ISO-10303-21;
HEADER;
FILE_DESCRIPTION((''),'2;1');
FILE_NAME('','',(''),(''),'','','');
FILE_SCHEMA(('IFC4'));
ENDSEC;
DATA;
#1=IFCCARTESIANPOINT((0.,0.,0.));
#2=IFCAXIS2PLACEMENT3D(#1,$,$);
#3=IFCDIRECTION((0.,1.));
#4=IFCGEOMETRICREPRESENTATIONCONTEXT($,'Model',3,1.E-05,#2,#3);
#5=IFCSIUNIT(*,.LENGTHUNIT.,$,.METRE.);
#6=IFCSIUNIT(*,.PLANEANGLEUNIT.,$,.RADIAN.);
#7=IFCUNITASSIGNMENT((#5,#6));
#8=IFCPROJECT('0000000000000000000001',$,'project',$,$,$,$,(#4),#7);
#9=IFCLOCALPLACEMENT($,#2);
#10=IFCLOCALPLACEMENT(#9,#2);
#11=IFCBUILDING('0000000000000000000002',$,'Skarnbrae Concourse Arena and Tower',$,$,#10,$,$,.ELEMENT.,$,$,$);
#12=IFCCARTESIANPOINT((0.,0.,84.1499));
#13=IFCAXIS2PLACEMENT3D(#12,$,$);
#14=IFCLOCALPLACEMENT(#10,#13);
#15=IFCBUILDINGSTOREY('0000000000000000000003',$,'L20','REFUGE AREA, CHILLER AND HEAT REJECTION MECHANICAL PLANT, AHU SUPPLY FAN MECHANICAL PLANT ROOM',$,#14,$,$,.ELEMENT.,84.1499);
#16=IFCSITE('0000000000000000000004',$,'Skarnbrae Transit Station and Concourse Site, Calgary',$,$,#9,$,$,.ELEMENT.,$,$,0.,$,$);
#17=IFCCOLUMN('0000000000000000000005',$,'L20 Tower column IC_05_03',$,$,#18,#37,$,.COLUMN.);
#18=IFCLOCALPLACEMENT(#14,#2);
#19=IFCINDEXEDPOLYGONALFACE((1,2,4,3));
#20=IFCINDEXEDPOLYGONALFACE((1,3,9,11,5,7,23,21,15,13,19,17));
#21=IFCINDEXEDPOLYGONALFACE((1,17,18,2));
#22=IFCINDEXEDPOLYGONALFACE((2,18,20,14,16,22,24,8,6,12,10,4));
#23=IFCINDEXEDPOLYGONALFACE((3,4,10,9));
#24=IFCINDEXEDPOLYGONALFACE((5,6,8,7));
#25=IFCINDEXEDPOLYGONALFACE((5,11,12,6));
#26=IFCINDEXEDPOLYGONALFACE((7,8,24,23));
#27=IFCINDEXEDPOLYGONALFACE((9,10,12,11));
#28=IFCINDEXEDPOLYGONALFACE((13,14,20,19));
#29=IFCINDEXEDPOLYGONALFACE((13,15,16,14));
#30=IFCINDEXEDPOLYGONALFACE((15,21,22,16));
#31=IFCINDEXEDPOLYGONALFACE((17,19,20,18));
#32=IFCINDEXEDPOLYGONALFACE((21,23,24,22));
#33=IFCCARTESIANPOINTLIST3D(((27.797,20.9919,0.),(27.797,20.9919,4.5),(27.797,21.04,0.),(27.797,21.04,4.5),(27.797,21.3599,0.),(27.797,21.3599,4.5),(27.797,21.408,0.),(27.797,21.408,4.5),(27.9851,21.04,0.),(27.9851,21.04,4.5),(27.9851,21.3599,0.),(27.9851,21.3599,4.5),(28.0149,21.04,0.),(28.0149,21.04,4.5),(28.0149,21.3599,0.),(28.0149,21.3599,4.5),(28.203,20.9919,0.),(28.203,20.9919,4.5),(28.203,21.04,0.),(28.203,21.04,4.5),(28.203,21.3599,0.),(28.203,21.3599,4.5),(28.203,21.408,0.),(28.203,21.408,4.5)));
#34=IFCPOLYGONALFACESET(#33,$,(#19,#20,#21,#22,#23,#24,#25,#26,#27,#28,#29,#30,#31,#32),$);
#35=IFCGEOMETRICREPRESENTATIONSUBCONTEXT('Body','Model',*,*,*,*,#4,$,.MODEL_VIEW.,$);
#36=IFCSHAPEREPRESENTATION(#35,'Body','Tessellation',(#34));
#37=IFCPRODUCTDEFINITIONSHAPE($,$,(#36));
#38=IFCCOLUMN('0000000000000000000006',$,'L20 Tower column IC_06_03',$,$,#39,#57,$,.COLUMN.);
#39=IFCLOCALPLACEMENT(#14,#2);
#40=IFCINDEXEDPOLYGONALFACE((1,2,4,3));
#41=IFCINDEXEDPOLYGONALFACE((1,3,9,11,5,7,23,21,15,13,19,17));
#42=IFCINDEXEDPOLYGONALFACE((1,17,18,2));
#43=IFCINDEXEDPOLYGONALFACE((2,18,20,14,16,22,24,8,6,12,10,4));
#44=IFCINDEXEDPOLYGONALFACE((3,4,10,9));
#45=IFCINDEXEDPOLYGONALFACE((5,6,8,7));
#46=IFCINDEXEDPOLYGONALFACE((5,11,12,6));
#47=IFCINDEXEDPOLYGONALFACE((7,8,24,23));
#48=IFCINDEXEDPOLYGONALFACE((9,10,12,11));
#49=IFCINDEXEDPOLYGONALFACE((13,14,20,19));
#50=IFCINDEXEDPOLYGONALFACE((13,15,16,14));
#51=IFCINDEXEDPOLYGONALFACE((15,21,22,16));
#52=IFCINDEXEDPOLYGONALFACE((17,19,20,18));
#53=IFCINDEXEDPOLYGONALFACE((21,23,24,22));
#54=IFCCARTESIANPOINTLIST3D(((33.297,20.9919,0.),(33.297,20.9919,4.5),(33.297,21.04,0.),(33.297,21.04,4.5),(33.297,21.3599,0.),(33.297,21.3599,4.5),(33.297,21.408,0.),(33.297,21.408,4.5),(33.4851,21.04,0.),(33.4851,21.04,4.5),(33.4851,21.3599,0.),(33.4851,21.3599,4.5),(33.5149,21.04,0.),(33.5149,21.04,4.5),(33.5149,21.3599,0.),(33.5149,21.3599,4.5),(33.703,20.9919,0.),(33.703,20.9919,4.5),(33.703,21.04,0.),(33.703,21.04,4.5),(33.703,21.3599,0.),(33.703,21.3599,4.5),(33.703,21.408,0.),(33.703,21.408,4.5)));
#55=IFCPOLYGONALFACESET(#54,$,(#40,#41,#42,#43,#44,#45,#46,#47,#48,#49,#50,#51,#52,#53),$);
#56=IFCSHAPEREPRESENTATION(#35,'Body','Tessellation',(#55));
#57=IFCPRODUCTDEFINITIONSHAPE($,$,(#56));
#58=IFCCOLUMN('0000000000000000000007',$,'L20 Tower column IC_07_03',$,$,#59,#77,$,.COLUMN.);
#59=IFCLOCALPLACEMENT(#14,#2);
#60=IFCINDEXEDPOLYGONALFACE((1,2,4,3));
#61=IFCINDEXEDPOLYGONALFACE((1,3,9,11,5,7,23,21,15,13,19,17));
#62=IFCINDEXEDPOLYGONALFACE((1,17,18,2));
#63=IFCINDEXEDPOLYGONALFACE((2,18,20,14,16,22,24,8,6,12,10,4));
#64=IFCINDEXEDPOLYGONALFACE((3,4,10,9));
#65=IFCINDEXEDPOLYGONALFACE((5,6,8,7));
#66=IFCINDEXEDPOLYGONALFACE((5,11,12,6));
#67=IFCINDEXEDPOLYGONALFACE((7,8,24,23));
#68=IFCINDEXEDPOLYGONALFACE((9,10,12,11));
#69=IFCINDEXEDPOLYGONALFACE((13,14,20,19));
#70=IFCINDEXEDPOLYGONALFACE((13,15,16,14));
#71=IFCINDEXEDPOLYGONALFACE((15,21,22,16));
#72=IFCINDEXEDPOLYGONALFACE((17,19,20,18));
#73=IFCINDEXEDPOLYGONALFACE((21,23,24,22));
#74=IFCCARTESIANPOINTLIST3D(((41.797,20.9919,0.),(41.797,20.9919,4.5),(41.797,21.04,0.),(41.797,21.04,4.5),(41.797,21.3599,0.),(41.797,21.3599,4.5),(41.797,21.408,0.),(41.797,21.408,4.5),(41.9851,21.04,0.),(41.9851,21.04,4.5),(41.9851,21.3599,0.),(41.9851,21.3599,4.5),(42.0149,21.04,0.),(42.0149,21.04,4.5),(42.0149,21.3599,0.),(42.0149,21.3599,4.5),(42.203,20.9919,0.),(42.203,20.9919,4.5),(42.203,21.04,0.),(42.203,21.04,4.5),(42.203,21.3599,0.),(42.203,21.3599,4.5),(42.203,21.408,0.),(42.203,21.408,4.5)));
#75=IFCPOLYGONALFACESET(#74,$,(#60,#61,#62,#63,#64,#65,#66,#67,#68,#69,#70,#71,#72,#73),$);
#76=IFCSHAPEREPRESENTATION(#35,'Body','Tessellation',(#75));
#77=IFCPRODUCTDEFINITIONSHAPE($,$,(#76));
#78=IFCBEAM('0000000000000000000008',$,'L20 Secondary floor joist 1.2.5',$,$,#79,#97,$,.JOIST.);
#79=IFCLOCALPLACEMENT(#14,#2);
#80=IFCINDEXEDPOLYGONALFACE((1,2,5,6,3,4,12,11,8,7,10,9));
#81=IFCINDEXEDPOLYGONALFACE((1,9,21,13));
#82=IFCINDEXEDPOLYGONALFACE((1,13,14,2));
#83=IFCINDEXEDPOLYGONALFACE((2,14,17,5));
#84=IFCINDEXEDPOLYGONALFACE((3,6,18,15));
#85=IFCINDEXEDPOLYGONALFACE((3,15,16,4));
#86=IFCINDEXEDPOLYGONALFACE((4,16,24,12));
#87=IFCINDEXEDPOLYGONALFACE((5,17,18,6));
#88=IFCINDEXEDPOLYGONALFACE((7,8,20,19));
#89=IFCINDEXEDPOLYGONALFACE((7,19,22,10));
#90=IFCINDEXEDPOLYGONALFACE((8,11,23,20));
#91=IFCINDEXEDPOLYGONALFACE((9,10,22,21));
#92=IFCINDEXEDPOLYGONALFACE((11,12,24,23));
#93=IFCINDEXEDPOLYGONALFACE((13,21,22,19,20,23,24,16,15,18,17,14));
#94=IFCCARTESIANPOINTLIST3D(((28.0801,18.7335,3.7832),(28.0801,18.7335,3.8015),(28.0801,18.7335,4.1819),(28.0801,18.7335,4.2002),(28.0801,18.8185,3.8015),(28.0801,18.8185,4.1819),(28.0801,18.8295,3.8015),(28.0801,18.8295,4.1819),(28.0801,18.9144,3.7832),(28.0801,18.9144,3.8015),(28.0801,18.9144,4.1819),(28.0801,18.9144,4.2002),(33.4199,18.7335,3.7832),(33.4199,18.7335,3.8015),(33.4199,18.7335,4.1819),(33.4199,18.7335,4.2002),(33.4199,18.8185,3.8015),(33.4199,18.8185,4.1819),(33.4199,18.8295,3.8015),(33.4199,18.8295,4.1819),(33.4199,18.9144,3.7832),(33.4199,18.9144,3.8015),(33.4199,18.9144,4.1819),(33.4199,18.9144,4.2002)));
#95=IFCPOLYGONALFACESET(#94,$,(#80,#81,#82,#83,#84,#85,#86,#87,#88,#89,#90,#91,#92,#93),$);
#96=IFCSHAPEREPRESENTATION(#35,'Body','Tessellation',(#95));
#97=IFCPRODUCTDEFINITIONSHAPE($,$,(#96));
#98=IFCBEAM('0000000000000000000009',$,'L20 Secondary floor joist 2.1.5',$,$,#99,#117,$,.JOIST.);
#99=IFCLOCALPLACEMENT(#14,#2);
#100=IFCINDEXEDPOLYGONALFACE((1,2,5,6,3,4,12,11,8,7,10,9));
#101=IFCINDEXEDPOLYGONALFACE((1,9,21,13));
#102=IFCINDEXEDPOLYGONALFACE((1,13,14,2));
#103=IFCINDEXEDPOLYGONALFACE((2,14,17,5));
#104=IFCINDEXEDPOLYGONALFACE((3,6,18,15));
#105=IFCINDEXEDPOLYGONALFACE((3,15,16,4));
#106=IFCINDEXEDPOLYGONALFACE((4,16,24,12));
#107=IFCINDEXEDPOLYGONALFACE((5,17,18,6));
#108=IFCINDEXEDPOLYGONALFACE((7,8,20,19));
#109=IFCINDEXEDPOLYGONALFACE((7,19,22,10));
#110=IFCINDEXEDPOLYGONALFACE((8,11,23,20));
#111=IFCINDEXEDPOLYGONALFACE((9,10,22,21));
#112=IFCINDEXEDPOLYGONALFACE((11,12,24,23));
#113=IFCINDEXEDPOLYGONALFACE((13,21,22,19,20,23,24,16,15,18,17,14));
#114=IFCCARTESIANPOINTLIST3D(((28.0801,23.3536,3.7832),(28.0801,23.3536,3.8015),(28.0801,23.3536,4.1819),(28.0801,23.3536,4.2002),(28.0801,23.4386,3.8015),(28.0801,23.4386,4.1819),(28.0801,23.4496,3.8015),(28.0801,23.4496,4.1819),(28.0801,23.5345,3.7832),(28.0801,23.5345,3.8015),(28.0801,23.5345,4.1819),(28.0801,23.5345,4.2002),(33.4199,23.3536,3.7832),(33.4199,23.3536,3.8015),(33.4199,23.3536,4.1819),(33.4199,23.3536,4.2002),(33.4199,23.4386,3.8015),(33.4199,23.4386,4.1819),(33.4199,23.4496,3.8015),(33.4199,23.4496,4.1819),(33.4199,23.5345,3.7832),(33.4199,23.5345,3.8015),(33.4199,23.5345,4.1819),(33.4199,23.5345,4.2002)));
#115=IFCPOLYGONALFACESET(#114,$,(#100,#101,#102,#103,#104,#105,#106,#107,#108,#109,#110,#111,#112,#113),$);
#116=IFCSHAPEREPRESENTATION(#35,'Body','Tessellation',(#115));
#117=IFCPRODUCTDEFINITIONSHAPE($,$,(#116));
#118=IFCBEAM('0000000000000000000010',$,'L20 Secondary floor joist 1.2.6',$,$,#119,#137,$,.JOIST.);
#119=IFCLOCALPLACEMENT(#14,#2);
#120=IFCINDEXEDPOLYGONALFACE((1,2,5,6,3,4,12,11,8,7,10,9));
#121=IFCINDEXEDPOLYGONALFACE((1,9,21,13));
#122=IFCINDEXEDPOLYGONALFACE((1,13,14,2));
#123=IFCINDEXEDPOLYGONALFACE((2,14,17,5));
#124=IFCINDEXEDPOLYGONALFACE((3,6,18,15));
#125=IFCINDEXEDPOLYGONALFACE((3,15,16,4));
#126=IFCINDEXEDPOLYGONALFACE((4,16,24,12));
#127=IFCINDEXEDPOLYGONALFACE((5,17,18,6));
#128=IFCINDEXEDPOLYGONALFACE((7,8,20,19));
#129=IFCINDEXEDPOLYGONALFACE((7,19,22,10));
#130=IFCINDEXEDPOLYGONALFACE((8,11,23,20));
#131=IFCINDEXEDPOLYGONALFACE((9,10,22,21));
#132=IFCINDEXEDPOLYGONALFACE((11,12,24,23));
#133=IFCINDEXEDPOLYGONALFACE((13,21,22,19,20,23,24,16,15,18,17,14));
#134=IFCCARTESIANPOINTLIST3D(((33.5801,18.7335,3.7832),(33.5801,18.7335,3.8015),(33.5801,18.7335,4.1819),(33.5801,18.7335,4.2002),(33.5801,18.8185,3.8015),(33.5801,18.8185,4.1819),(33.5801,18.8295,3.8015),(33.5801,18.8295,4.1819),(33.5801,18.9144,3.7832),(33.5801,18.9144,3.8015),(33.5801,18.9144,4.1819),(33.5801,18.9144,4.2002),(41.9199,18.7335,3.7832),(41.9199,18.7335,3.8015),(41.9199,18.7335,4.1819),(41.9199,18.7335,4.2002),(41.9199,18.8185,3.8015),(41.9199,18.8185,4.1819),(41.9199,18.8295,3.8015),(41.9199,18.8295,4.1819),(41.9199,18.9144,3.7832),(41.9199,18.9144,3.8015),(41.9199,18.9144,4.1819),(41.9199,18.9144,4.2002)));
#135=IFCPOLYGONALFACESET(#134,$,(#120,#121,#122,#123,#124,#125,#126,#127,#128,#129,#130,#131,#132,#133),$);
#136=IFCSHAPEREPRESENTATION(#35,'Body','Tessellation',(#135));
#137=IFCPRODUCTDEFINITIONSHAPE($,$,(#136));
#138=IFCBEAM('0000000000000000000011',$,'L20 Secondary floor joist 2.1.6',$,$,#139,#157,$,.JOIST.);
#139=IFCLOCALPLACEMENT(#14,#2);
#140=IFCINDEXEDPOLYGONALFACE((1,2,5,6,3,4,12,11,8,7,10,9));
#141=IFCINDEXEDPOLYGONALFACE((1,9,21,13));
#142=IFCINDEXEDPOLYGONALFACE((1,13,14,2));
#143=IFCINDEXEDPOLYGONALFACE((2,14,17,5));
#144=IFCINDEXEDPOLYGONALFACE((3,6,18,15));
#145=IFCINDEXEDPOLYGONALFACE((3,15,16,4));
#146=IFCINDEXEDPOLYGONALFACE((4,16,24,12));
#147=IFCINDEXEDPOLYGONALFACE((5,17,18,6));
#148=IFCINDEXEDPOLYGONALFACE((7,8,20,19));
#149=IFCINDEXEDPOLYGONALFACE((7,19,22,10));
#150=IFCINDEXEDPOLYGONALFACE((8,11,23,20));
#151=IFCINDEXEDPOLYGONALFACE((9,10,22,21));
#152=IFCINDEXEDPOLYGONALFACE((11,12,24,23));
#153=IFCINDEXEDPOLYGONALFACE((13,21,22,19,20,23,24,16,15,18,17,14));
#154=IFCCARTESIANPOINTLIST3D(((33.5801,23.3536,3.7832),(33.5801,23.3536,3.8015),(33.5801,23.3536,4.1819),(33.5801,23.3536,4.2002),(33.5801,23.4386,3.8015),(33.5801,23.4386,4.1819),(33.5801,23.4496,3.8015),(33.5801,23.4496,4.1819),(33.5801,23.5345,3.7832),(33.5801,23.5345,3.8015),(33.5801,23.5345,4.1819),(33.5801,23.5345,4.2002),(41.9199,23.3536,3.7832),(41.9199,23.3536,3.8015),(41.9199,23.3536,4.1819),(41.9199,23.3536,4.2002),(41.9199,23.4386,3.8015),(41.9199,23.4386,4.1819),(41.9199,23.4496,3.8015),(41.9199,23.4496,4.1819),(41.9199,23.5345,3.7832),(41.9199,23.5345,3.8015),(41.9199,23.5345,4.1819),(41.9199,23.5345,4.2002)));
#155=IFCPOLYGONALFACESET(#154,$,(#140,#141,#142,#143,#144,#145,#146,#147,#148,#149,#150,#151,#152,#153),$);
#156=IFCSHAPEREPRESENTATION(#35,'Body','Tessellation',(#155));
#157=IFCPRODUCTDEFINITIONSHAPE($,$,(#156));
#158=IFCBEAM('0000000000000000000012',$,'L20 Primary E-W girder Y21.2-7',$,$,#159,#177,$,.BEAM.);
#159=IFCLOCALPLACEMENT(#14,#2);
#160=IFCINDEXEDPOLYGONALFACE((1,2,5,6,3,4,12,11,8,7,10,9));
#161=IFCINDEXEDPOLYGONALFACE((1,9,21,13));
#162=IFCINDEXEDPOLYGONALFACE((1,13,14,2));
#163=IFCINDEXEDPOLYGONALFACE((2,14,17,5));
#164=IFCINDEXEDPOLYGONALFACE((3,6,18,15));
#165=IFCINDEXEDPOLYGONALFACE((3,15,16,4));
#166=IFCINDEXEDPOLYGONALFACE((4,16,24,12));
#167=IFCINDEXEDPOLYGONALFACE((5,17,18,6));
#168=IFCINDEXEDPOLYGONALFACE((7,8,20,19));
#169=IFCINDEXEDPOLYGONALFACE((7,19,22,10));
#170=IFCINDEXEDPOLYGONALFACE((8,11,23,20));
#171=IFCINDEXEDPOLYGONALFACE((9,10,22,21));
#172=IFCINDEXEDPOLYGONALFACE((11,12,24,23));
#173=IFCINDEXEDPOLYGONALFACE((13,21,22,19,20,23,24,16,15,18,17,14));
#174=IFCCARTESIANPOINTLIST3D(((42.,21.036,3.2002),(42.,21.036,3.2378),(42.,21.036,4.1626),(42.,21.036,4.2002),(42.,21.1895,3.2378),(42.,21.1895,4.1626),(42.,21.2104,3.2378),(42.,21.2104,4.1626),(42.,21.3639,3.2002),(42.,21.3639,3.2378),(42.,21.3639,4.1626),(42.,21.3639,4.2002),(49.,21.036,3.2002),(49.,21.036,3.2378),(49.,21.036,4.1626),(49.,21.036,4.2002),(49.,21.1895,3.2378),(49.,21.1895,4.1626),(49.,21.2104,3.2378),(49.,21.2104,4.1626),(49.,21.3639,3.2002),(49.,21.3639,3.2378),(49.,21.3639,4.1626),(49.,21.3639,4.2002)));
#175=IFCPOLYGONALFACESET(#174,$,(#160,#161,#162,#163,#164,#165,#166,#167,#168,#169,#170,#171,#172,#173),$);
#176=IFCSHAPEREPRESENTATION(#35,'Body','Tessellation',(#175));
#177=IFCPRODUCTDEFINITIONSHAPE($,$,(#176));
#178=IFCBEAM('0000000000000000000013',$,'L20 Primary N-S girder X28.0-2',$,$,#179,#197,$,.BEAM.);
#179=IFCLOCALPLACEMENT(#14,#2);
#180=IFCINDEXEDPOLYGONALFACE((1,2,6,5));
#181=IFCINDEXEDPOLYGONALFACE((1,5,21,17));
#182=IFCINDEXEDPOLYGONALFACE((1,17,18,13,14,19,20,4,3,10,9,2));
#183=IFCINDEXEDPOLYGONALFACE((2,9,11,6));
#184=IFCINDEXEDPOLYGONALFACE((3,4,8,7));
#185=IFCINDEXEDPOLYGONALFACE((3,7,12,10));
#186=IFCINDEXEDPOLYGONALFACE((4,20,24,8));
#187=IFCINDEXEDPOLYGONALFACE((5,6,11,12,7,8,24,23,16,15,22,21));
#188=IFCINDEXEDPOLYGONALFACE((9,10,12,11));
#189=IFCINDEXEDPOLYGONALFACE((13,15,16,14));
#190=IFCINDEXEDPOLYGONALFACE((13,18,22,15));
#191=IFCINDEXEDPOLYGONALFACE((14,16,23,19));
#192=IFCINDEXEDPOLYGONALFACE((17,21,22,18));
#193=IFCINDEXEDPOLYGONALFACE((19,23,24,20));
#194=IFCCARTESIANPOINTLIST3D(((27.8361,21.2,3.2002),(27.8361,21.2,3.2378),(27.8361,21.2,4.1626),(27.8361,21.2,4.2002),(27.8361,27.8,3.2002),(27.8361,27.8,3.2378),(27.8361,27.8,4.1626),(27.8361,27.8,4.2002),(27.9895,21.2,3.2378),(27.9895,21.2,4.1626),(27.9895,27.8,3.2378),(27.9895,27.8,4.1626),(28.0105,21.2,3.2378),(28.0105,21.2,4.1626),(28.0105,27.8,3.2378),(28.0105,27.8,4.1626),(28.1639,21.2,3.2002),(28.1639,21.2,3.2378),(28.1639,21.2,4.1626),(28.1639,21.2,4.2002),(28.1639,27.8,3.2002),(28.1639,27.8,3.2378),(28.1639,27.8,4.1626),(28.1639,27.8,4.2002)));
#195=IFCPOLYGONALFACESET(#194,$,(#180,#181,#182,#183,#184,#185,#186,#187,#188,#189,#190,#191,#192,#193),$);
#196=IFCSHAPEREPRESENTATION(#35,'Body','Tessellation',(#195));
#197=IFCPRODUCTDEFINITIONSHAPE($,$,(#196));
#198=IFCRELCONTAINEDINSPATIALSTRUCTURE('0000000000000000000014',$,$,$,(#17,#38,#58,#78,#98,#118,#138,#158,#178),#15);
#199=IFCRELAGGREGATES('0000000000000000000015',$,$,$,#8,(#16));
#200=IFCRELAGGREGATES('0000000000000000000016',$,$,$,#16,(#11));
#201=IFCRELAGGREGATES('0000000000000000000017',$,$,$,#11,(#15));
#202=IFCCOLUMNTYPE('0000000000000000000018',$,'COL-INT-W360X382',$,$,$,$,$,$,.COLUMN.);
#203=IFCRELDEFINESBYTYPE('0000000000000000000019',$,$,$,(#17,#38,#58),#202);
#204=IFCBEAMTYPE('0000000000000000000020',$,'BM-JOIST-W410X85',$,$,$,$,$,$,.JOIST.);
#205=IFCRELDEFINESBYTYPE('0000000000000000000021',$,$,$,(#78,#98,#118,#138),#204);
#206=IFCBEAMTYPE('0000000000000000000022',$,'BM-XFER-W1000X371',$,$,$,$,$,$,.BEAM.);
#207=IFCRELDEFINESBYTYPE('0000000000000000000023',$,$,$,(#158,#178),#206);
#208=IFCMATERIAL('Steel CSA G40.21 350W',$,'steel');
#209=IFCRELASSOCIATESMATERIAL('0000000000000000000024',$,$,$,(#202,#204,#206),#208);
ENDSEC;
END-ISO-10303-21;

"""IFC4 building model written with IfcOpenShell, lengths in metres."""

from ifc_helpers import new_model, si_unit, direction, frame, origin, origin_2d, place, context, subcontext, project, spatial, i_section, extrude, source, transform, mapped, material, material_profile, profile_set, type_object, element, save


model = new_model("IFC4")

# Units and contexts
model_context = context("Model", 3, precision=1e-05, world=origin(), true_north=direction((0.0, 1.0)))
body_context = subcontext(model_context, "Body", "Model", "MODEL_VIEW")
ifc_project = project(units=[si_unit("LENGTHUNIT", "METRE"), si_unit("PLANEANGLEUNIT", "RADIAN")], contexts=[model_context])

# Site, building, storey
site_placement = place(None, origin())
site = spatial("IfcSite", under=ifc_project, at=site_placement, Name="Skarnbrae Transit Station and Concourse Site, Calgary", CompositionType="ELEMENT", RefElevation=0.0)
building_placement = place(site_placement, origin())
building = spatial("IfcBuilding", under=site, at=building_placement, Name="Skarnbrae Concourse Arena and Tower", CompositionType="ELEMENT")
storey_placement = place(building_placement, frame((0.0, 0.0, 84.1499)))
storey = spatial("IfcBuildingStorey", under=building, at=storey_placement, Name="L20", Description="REFUGE AREA, CHILLER AND HEAT REJECTION MECHANICAL PLANT, AHU SUPPLY FAN MECHANICAL PLANT ROOM", CompositionType="ELEMENT", Elevation=84.1499)

# Columns
ifc_material_1 = material(Name="Steel CSA G40.21 350W", Category="steel")
ifc_material_profile_1 = material_profile(ifc_material_1, i_section(OverallWidth=0.406, OverallDepth=0.416, WebThickness=0.0298, FlangeThickness=0.0481, at=origin_2d()), Name="W360X382")
ifc_profile_set_1 = profile_set([ifc_material_profile_1], Name="Steel CSA G40.21 350W")
column_type = type_object("IfcColumnType", Name="COL-INT-W360X382", PredefinedType="COLUMN", material=ifc_profile_set_1)
shared_shape_1 = source(origin(), body_context, "Body", "SweptSolid", [
    extrude(i_section(OverallWidth=0.406, OverallDepth=0.416, WebThickness=0.0298, FlangeThickness=0.0481, at=origin_2d()), origin(), (0.0, 0.0, 1.0), 4.5),
])
for number, where, z_axis, x_axis, name in (
    (1, (28.0, 21.2, 0.0), (0.0, 0.0, 1.0), (1.0, 0.0, 0.0), "L20 Tower column IC_05_03"),
    (2, (33.5, 21.2, 0.0), (0.0, 0.0, 1.0), (1.0, 0.0, 0.0), "L20 Tower column IC_06_03"),
    (3, (42.0, 21.2, 0.0), (0.0, 0.0, 1.0), (1.0, 0.0, 0.0), "L20 Tower column IC_07_03"),
):
    element("IfcColumn", number, at=place(storey_placement, frame(where, z_axis=z_axis, x_axis=x_axis)), inside=storey, type_object=column_type, Name=name, PredefinedType="COLUMN", context=body_context, shape_type="MappedRepresentation", body=[
        mapped(shared_shape_1, transform((0.0, 0.0, 0.0))),
    ])

# Beams
ifc_material_profile_2 = material_profile(ifc_material_1, i_section(OverallWidth=0.1809, OverallDepth=0.417, WebThickness=0.011, FlangeThickness=0.0183, at=origin_2d()), Name="W410X85")
ifc_profile_set_2 = profile_set([ifc_material_profile_2], Name="Steel CSA G40.21 350W")
beam_type_1 = type_object("IfcBeamType", Name="BM-JOIST-W410X85", PredefinedType="JOIST", material=ifc_profile_set_2)
shared_shape_2 = source(origin(), body_context, "Body", "SweptSolid", [
    extrude(i_section(OverallWidth=0.1809, OverallDepth=0.417, WebThickness=0.011, FlangeThickness=0.0183, at=origin_2d()), origin(), (0.0, 0.0, 1.0), 5.3398),
])
for number, where, z_axis, x_axis, name in (
    (4, (28.0801, 18.824, 3.9917), (1.0, 0.0, 0.0), (0.0, 1.0, 0.0), "L20 Secondary floor joist 1.2.5"),
    (5, (28.0801, 23.4441, 3.9917), (1.0, 0.0, 0.0), (0.0, 1.0, 0.0), "L20 Secondary floor joist 2.1.5"),
):
    element("IfcBeam", number, at=place(storey_placement, frame(where, z_axis=z_axis, x_axis=x_axis)), inside=storey, type_object=beam_type_1, Name=name, PredefinedType="JOIST", context=body_context, shape_type="MappedRepresentation", body=[
        mapped(shared_shape_2, transform((0.0, 0.0, 0.0))),
    ])
shared_shape_3 = source(origin(), body_context, "Body", "SweptSolid", [
    extrude(i_section(OverallWidth=0.1809, OverallDepth=0.417, WebThickness=0.011, FlangeThickness=0.0183, at=origin_2d()), origin(), (0.0, 0.0, 1.0), 8.3398),
])
for number, where, z_axis, x_axis, name in (
    (6, (33.5801, 18.824, 3.9917), (1.0, 0.0, 0.0), (0.0, 1.0, 0.0), "L20 Secondary floor joist 1.2.6"),
    (7, (33.5801, 23.4441, 3.9917), (1.0, 0.0, 0.0), (0.0, 1.0, 0.0), "L20 Secondary floor joist 2.1.6"),
):
    element("IfcBeam", number, at=place(storey_placement, frame(where, z_axis=z_axis, x_axis=x_axis)), inside=storey, type_object=beam_type_1, Name=name, PredefinedType="JOIST", context=body_context, shape_type="MappedRepresentation", body=[
        mapped(shared_shape_3, transform((0.0, 0.0, 0.0))),
    ])
ifc_material_profile_3 = material_profile(ifc_material_1, i_section(OverallWidth=0.3279, OverallDepth=1.0, WebThickness=0.021, FlangeThickness=0.0376, at=origin_2d()), Name="W1000X371")
ifc_profile_set_3 = profile_set([ifc_material_profile_3], Name="Steel CSA G40.21 350W")
beam_type_2 = type_object("IfcBeamType", Name="BM-XFER-W1000X371", PredefinedType="BEAM", material=ifc_profile_set_3)
shared_shape_4 = source(origin(), body_context, "Body", "SweptSolid", [
    extrude(i_section(OverallWidth=0.3279, OverallDepth=1.0, WebThickness=0.021, FlangeThickness=0.0376, at=origin_2d()), origin(), (0.0, 0.0, 1.0), 7.0),
])
beam_1_placement = place(storey_placement, frame((42.0, 21.2, 3.7002), z_axis=(1.0, 0.0, 0.0), x_axis=(0.0, 1.0, 0.0)))
element("IfcBeam", 8, at=beam_1_placement, inside=storey, type_object=beam_type_2, Name="L20 Primary E-W girder Y21.2-7", PredefinedType="BEAM", context=body_context, shape_type="MappedRepresentation", body=[
    mapped(shared_shape_4, transform((0.0, 0.0, 0.0))),
])
shared_shape_5 = source(origin(), body_context, "Body", "SweptSolid", [
    extrude(i_section(OverallWidth=0.3279, OverallDepth=1.0, WebThickness=0.021, FlangeThickness=0.0376, at=origin_2d()), origin(), (0.0, 0.0, 1.0), 6.6001),
])
for number, where, z_axis, x_axis, name in (
    (9, (28.0, 21.2, 3.7002), (0.0, 1.0, 0.0), (-1.0, 0.0, 0.0), "L20 Primary N-S girder X28.0-2"),
):
    element("IfcBeam", number, at=place(storey_placement, frame(where, z_axis=z_axis, x_axis=x_axis)), inside=storey, type_object=beam_type_2, Name=name, PredefinedType="BEAM", context=body_context, shape_type="MappedRepresentation", body=[
        mapped(shared_shape_5, transform((0.0, 0.0, 0.0))),
    ])

save(model, "model.ifc")
